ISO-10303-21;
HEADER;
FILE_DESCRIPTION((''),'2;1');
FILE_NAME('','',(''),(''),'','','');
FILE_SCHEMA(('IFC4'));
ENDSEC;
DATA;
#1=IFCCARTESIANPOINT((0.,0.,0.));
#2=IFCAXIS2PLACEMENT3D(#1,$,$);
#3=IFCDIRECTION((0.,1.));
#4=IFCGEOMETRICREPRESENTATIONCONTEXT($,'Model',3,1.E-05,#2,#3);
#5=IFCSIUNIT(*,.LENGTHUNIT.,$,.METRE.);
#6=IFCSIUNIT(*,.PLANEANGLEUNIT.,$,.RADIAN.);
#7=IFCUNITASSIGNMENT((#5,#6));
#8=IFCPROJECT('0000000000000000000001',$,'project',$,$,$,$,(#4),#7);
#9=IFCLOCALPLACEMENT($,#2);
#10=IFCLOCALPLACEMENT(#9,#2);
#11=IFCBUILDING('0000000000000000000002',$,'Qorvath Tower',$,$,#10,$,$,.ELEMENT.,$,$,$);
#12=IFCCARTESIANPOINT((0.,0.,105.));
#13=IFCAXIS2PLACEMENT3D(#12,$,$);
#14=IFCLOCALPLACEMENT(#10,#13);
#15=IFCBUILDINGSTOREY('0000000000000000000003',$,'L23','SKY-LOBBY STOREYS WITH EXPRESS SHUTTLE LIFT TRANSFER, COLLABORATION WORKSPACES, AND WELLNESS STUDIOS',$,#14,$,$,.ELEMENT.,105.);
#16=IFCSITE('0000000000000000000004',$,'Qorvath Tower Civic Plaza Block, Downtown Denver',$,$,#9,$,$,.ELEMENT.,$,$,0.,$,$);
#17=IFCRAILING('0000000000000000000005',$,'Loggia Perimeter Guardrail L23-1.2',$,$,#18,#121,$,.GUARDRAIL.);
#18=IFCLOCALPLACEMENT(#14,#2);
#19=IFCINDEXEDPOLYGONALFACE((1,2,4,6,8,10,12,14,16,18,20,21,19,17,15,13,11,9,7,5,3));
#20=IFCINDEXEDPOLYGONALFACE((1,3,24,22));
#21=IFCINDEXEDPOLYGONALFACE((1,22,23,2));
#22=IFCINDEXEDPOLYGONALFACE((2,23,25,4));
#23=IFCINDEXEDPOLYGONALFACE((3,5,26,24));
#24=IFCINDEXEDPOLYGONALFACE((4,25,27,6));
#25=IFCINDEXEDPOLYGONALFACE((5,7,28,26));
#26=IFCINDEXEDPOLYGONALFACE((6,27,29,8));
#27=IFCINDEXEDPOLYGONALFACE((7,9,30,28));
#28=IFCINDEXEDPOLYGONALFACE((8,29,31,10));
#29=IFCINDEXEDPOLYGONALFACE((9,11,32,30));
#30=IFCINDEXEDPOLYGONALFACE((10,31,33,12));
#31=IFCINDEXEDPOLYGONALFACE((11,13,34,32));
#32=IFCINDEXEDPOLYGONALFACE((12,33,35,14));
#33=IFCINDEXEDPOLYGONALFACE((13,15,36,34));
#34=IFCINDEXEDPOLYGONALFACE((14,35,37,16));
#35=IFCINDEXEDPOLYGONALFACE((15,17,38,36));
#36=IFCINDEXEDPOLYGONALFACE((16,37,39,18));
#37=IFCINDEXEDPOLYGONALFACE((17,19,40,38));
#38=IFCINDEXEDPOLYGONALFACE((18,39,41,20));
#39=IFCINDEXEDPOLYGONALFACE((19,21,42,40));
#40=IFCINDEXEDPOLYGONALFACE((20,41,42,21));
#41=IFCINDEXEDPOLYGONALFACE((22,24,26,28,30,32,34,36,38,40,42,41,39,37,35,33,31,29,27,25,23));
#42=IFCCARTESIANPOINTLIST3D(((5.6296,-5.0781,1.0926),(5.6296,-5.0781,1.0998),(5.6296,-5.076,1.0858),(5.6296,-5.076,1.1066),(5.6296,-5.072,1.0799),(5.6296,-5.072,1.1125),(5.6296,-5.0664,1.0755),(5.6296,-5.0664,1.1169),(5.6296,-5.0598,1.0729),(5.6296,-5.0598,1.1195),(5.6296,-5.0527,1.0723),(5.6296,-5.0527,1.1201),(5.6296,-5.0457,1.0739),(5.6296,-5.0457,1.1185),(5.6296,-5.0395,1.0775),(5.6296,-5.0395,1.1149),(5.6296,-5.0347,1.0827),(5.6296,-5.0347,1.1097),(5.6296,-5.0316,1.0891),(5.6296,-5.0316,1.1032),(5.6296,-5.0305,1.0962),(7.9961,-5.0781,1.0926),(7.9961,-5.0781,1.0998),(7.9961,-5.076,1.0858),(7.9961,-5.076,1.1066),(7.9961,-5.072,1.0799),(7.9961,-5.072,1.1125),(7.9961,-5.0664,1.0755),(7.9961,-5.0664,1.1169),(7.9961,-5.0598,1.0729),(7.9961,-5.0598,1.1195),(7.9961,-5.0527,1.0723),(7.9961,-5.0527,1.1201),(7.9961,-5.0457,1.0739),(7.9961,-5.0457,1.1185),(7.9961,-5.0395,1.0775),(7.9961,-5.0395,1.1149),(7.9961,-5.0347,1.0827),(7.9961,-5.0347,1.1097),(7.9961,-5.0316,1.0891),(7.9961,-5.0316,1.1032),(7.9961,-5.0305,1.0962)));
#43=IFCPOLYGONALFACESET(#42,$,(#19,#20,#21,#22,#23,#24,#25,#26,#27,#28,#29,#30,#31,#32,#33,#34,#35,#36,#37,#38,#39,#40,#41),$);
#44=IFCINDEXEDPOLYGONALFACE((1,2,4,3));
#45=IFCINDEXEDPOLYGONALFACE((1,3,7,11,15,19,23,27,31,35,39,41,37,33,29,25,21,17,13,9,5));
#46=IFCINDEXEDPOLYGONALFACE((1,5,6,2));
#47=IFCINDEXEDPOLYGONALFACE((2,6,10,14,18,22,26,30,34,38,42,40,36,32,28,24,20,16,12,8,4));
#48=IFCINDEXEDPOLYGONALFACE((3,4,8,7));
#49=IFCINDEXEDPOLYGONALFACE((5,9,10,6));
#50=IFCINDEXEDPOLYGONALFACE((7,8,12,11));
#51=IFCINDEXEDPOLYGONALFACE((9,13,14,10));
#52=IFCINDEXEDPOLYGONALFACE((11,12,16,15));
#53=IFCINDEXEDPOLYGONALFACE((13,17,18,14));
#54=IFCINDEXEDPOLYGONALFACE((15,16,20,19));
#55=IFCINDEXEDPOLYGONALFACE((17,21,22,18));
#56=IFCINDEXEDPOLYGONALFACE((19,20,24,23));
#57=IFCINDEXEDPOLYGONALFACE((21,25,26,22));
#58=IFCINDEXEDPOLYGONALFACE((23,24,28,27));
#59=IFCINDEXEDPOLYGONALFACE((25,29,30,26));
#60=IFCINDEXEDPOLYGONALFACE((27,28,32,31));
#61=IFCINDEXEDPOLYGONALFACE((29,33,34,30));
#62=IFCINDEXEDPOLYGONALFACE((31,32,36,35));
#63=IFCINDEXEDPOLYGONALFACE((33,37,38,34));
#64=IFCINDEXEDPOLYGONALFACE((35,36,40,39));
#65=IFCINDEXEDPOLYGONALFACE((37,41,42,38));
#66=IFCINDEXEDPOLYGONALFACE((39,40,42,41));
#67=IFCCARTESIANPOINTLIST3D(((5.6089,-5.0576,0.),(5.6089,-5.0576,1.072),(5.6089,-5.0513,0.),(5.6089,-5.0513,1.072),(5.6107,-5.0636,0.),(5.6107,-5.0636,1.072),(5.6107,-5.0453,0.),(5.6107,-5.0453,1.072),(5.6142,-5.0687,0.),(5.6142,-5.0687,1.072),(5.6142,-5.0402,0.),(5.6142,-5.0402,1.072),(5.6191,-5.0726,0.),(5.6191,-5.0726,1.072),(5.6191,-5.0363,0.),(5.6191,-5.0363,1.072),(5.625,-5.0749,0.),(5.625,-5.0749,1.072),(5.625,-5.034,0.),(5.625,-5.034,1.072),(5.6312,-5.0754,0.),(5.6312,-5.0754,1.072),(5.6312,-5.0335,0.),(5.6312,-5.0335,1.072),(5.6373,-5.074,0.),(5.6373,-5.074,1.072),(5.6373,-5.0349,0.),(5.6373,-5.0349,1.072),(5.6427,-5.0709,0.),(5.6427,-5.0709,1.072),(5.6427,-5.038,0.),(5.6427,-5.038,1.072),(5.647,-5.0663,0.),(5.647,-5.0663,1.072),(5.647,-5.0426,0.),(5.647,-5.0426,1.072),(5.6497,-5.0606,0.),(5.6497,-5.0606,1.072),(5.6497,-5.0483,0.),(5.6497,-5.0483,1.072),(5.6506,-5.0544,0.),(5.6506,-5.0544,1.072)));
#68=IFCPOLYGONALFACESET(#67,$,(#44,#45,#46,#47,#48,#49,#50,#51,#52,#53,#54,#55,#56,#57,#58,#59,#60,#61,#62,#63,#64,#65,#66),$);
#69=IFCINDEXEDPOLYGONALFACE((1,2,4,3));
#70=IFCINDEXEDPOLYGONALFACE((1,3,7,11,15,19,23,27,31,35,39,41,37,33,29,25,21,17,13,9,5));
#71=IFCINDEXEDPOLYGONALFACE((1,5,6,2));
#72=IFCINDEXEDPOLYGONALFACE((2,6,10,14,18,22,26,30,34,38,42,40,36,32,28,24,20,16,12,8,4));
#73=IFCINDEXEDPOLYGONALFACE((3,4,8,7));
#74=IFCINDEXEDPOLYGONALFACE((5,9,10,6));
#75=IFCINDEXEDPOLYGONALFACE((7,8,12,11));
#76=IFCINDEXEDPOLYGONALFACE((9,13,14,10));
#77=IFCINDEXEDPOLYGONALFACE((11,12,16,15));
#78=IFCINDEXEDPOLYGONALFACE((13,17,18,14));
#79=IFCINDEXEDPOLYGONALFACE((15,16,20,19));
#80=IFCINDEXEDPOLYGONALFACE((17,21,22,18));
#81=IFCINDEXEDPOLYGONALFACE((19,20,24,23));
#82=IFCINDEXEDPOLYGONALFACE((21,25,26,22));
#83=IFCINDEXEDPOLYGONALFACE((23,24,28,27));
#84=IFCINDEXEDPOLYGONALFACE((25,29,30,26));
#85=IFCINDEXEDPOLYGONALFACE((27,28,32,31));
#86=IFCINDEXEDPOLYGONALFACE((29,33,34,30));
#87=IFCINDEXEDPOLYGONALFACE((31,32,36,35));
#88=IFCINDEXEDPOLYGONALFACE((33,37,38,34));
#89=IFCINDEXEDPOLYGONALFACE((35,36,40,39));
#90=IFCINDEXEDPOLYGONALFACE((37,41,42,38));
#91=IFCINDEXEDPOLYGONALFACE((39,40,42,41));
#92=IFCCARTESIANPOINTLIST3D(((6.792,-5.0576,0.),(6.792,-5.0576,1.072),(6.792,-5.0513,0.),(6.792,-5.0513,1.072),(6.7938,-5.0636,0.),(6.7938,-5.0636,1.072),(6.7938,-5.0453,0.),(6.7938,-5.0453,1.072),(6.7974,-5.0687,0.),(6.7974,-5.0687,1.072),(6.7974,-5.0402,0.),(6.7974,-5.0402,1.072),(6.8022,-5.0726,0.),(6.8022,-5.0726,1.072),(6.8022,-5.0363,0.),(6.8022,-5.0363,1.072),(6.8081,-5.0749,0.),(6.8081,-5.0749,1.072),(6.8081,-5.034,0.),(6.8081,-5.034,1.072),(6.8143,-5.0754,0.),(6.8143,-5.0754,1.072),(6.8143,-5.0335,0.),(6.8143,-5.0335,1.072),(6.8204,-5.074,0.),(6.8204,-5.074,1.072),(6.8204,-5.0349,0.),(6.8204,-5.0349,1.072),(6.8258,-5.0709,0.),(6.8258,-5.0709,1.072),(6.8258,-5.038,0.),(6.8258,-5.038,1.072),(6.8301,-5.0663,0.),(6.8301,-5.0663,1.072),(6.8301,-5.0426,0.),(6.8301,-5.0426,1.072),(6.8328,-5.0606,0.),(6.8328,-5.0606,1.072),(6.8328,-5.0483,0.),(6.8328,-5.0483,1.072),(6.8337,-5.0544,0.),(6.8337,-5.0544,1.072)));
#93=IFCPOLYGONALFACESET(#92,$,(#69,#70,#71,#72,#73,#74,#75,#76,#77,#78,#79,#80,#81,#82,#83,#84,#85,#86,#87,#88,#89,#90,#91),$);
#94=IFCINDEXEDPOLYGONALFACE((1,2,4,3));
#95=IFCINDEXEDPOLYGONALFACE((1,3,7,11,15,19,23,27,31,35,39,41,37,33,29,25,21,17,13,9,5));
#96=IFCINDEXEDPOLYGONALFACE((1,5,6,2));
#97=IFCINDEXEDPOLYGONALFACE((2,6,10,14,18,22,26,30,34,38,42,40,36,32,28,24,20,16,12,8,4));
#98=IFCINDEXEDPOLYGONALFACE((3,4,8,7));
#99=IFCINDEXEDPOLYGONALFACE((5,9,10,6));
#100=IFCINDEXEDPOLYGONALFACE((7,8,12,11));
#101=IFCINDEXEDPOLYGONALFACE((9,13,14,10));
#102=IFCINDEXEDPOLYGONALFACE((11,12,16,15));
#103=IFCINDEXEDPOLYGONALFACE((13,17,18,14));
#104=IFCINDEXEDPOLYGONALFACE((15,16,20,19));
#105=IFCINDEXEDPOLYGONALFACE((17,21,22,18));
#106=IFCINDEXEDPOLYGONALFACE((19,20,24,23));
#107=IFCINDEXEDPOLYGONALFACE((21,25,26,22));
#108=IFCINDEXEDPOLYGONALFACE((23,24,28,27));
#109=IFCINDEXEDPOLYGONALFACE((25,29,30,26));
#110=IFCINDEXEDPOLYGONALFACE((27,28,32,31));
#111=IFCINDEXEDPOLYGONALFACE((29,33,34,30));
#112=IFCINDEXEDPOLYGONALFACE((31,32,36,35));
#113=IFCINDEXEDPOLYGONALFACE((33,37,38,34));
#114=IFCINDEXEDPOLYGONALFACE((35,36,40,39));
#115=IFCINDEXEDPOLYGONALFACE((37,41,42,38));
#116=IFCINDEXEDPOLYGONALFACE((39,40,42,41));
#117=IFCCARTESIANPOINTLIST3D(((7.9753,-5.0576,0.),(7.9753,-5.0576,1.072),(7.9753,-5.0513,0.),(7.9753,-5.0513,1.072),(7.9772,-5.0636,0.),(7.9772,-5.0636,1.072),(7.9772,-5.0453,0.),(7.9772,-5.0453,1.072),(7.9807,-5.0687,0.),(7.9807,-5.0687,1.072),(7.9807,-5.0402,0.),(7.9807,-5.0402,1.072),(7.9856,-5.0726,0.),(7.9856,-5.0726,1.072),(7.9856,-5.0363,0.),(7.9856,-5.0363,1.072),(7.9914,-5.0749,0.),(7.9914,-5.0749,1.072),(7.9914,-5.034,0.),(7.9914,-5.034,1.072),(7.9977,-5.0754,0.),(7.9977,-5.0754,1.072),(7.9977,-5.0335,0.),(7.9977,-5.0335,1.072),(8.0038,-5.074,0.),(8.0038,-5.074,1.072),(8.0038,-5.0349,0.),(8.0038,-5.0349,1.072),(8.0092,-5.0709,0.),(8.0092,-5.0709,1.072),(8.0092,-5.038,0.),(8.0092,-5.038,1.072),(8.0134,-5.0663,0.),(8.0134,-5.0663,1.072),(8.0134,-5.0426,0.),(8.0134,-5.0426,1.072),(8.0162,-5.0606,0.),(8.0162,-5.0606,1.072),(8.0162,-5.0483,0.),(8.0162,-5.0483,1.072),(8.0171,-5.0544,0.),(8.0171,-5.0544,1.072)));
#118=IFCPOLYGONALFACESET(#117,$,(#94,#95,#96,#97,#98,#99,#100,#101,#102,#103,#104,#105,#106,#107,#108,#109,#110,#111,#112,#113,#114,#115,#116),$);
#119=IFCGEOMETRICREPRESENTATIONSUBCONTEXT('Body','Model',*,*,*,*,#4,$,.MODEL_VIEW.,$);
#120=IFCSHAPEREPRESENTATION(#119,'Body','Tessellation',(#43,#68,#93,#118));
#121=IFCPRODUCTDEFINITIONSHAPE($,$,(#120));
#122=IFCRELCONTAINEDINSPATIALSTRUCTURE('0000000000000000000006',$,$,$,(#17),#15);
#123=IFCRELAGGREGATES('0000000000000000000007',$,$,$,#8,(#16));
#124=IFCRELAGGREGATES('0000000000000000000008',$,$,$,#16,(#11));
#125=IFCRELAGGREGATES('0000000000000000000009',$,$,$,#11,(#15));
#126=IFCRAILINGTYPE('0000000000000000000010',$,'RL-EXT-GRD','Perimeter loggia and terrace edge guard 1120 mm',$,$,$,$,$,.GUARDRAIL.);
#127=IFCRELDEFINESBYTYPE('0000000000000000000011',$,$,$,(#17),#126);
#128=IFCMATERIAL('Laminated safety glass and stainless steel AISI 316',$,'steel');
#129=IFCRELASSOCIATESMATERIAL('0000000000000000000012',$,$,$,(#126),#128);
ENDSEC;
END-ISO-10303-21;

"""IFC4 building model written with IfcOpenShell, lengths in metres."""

from ifc_helpers import new_model, si_unit, direction, frame, origin, origin_2d, place, context, subcontext, project, spatial, circle, extrude, material, type_object, element, save


model = new_model("IFC4")

# Units and contexts
model_context = context("Model", 3, precision=1e-05, world=origin(), true_north=direction((0.0, 1.0)))
body_context = subcontext(model_context, "Body", "Model", "MODEL_VIEW")
ifc_project = project(units=[si_unit("LENGTHUNIT", "METRE"), si_unit("PLANEANGLEUNIT", "RADIAN")], contexts=[model_context])

# Site, building, storey
site_placement = place(None, origin())
site = spatial("IfcSite", under=ifc_project, at=site_placement, Name="Qorvath Tower Civic Plaza Block, Downtown Denver", CompositionType="ELEMENT", RefElevation=0.0)
building_placement = place(site_placement, origin())
building = spatial("IfcBuilding", under=site, at=building_placement, Name="Qorvath Tower", CompositionType="ELEMENT")
storey_placement = place(building_placement, frame((0.0, 0.0, 105.0)))
storey = spatial("IfcBuildingStorey", under=building, at=storey_placement, Name="L23", Description="SKY-LOBBY STOREYS WITH EXPRESS SHUTTLE LIFT TRANSFER, COLLABORATION WORKSPACES, AND WELLNESS STUDIOS", CompositionType="ELEMENT", Elevation=105.0)

# Railing
ifc_material_1 = material(Name="Laminated safety glass and stainless steel AISI 316", Category="steel")
railing_type = type_object("IfcRailingType", Name="RL-EXT-GRD", Description="Perimeter loggia and terrace edge guard 1120 mm", PredefinedType="GUARDRAIL", material=ifc_material_1)
railing_1_placement = place(storey_placement, frame((5.6296, -5.0544, 0.0)))
element("IfcRailing", 1, at=railing_1_placement, inside=storey, type_object=railing_type, Name="Loggia Perimeter Guardrail L23-1.2", PredefinedType="GUARDRAIL", context=body_context, shape_type="SweptSolid", body=[
    extrude(circle(Radius=0.0239, at=origin_2d()), frame((0.0, 0.0, 1.0962), z_axis=(1.0, 0.0, 0.0), x_axis=(0.0, 1.0, 0.0)), (0.0, 0.0, 1.0), 2.3665),
    extrude(circle(Radius=0.021, at=origin_2d()), origin(), (0.0, 0.0, 1.0), 1.072),
    extrude(circle(Radius=0.021, at=origin_2d()), frame((1.1831, 0.0, 0.0)), (0.0, 0.0, 1.0), 1.072),
    extrude(circle(Radius=0.021, at=origin_2d()), frame((2.3665, 0.0, 0.0)), (0.0, 0.0, 1.0), 1.072),
])

save(model, "model.ifc")
